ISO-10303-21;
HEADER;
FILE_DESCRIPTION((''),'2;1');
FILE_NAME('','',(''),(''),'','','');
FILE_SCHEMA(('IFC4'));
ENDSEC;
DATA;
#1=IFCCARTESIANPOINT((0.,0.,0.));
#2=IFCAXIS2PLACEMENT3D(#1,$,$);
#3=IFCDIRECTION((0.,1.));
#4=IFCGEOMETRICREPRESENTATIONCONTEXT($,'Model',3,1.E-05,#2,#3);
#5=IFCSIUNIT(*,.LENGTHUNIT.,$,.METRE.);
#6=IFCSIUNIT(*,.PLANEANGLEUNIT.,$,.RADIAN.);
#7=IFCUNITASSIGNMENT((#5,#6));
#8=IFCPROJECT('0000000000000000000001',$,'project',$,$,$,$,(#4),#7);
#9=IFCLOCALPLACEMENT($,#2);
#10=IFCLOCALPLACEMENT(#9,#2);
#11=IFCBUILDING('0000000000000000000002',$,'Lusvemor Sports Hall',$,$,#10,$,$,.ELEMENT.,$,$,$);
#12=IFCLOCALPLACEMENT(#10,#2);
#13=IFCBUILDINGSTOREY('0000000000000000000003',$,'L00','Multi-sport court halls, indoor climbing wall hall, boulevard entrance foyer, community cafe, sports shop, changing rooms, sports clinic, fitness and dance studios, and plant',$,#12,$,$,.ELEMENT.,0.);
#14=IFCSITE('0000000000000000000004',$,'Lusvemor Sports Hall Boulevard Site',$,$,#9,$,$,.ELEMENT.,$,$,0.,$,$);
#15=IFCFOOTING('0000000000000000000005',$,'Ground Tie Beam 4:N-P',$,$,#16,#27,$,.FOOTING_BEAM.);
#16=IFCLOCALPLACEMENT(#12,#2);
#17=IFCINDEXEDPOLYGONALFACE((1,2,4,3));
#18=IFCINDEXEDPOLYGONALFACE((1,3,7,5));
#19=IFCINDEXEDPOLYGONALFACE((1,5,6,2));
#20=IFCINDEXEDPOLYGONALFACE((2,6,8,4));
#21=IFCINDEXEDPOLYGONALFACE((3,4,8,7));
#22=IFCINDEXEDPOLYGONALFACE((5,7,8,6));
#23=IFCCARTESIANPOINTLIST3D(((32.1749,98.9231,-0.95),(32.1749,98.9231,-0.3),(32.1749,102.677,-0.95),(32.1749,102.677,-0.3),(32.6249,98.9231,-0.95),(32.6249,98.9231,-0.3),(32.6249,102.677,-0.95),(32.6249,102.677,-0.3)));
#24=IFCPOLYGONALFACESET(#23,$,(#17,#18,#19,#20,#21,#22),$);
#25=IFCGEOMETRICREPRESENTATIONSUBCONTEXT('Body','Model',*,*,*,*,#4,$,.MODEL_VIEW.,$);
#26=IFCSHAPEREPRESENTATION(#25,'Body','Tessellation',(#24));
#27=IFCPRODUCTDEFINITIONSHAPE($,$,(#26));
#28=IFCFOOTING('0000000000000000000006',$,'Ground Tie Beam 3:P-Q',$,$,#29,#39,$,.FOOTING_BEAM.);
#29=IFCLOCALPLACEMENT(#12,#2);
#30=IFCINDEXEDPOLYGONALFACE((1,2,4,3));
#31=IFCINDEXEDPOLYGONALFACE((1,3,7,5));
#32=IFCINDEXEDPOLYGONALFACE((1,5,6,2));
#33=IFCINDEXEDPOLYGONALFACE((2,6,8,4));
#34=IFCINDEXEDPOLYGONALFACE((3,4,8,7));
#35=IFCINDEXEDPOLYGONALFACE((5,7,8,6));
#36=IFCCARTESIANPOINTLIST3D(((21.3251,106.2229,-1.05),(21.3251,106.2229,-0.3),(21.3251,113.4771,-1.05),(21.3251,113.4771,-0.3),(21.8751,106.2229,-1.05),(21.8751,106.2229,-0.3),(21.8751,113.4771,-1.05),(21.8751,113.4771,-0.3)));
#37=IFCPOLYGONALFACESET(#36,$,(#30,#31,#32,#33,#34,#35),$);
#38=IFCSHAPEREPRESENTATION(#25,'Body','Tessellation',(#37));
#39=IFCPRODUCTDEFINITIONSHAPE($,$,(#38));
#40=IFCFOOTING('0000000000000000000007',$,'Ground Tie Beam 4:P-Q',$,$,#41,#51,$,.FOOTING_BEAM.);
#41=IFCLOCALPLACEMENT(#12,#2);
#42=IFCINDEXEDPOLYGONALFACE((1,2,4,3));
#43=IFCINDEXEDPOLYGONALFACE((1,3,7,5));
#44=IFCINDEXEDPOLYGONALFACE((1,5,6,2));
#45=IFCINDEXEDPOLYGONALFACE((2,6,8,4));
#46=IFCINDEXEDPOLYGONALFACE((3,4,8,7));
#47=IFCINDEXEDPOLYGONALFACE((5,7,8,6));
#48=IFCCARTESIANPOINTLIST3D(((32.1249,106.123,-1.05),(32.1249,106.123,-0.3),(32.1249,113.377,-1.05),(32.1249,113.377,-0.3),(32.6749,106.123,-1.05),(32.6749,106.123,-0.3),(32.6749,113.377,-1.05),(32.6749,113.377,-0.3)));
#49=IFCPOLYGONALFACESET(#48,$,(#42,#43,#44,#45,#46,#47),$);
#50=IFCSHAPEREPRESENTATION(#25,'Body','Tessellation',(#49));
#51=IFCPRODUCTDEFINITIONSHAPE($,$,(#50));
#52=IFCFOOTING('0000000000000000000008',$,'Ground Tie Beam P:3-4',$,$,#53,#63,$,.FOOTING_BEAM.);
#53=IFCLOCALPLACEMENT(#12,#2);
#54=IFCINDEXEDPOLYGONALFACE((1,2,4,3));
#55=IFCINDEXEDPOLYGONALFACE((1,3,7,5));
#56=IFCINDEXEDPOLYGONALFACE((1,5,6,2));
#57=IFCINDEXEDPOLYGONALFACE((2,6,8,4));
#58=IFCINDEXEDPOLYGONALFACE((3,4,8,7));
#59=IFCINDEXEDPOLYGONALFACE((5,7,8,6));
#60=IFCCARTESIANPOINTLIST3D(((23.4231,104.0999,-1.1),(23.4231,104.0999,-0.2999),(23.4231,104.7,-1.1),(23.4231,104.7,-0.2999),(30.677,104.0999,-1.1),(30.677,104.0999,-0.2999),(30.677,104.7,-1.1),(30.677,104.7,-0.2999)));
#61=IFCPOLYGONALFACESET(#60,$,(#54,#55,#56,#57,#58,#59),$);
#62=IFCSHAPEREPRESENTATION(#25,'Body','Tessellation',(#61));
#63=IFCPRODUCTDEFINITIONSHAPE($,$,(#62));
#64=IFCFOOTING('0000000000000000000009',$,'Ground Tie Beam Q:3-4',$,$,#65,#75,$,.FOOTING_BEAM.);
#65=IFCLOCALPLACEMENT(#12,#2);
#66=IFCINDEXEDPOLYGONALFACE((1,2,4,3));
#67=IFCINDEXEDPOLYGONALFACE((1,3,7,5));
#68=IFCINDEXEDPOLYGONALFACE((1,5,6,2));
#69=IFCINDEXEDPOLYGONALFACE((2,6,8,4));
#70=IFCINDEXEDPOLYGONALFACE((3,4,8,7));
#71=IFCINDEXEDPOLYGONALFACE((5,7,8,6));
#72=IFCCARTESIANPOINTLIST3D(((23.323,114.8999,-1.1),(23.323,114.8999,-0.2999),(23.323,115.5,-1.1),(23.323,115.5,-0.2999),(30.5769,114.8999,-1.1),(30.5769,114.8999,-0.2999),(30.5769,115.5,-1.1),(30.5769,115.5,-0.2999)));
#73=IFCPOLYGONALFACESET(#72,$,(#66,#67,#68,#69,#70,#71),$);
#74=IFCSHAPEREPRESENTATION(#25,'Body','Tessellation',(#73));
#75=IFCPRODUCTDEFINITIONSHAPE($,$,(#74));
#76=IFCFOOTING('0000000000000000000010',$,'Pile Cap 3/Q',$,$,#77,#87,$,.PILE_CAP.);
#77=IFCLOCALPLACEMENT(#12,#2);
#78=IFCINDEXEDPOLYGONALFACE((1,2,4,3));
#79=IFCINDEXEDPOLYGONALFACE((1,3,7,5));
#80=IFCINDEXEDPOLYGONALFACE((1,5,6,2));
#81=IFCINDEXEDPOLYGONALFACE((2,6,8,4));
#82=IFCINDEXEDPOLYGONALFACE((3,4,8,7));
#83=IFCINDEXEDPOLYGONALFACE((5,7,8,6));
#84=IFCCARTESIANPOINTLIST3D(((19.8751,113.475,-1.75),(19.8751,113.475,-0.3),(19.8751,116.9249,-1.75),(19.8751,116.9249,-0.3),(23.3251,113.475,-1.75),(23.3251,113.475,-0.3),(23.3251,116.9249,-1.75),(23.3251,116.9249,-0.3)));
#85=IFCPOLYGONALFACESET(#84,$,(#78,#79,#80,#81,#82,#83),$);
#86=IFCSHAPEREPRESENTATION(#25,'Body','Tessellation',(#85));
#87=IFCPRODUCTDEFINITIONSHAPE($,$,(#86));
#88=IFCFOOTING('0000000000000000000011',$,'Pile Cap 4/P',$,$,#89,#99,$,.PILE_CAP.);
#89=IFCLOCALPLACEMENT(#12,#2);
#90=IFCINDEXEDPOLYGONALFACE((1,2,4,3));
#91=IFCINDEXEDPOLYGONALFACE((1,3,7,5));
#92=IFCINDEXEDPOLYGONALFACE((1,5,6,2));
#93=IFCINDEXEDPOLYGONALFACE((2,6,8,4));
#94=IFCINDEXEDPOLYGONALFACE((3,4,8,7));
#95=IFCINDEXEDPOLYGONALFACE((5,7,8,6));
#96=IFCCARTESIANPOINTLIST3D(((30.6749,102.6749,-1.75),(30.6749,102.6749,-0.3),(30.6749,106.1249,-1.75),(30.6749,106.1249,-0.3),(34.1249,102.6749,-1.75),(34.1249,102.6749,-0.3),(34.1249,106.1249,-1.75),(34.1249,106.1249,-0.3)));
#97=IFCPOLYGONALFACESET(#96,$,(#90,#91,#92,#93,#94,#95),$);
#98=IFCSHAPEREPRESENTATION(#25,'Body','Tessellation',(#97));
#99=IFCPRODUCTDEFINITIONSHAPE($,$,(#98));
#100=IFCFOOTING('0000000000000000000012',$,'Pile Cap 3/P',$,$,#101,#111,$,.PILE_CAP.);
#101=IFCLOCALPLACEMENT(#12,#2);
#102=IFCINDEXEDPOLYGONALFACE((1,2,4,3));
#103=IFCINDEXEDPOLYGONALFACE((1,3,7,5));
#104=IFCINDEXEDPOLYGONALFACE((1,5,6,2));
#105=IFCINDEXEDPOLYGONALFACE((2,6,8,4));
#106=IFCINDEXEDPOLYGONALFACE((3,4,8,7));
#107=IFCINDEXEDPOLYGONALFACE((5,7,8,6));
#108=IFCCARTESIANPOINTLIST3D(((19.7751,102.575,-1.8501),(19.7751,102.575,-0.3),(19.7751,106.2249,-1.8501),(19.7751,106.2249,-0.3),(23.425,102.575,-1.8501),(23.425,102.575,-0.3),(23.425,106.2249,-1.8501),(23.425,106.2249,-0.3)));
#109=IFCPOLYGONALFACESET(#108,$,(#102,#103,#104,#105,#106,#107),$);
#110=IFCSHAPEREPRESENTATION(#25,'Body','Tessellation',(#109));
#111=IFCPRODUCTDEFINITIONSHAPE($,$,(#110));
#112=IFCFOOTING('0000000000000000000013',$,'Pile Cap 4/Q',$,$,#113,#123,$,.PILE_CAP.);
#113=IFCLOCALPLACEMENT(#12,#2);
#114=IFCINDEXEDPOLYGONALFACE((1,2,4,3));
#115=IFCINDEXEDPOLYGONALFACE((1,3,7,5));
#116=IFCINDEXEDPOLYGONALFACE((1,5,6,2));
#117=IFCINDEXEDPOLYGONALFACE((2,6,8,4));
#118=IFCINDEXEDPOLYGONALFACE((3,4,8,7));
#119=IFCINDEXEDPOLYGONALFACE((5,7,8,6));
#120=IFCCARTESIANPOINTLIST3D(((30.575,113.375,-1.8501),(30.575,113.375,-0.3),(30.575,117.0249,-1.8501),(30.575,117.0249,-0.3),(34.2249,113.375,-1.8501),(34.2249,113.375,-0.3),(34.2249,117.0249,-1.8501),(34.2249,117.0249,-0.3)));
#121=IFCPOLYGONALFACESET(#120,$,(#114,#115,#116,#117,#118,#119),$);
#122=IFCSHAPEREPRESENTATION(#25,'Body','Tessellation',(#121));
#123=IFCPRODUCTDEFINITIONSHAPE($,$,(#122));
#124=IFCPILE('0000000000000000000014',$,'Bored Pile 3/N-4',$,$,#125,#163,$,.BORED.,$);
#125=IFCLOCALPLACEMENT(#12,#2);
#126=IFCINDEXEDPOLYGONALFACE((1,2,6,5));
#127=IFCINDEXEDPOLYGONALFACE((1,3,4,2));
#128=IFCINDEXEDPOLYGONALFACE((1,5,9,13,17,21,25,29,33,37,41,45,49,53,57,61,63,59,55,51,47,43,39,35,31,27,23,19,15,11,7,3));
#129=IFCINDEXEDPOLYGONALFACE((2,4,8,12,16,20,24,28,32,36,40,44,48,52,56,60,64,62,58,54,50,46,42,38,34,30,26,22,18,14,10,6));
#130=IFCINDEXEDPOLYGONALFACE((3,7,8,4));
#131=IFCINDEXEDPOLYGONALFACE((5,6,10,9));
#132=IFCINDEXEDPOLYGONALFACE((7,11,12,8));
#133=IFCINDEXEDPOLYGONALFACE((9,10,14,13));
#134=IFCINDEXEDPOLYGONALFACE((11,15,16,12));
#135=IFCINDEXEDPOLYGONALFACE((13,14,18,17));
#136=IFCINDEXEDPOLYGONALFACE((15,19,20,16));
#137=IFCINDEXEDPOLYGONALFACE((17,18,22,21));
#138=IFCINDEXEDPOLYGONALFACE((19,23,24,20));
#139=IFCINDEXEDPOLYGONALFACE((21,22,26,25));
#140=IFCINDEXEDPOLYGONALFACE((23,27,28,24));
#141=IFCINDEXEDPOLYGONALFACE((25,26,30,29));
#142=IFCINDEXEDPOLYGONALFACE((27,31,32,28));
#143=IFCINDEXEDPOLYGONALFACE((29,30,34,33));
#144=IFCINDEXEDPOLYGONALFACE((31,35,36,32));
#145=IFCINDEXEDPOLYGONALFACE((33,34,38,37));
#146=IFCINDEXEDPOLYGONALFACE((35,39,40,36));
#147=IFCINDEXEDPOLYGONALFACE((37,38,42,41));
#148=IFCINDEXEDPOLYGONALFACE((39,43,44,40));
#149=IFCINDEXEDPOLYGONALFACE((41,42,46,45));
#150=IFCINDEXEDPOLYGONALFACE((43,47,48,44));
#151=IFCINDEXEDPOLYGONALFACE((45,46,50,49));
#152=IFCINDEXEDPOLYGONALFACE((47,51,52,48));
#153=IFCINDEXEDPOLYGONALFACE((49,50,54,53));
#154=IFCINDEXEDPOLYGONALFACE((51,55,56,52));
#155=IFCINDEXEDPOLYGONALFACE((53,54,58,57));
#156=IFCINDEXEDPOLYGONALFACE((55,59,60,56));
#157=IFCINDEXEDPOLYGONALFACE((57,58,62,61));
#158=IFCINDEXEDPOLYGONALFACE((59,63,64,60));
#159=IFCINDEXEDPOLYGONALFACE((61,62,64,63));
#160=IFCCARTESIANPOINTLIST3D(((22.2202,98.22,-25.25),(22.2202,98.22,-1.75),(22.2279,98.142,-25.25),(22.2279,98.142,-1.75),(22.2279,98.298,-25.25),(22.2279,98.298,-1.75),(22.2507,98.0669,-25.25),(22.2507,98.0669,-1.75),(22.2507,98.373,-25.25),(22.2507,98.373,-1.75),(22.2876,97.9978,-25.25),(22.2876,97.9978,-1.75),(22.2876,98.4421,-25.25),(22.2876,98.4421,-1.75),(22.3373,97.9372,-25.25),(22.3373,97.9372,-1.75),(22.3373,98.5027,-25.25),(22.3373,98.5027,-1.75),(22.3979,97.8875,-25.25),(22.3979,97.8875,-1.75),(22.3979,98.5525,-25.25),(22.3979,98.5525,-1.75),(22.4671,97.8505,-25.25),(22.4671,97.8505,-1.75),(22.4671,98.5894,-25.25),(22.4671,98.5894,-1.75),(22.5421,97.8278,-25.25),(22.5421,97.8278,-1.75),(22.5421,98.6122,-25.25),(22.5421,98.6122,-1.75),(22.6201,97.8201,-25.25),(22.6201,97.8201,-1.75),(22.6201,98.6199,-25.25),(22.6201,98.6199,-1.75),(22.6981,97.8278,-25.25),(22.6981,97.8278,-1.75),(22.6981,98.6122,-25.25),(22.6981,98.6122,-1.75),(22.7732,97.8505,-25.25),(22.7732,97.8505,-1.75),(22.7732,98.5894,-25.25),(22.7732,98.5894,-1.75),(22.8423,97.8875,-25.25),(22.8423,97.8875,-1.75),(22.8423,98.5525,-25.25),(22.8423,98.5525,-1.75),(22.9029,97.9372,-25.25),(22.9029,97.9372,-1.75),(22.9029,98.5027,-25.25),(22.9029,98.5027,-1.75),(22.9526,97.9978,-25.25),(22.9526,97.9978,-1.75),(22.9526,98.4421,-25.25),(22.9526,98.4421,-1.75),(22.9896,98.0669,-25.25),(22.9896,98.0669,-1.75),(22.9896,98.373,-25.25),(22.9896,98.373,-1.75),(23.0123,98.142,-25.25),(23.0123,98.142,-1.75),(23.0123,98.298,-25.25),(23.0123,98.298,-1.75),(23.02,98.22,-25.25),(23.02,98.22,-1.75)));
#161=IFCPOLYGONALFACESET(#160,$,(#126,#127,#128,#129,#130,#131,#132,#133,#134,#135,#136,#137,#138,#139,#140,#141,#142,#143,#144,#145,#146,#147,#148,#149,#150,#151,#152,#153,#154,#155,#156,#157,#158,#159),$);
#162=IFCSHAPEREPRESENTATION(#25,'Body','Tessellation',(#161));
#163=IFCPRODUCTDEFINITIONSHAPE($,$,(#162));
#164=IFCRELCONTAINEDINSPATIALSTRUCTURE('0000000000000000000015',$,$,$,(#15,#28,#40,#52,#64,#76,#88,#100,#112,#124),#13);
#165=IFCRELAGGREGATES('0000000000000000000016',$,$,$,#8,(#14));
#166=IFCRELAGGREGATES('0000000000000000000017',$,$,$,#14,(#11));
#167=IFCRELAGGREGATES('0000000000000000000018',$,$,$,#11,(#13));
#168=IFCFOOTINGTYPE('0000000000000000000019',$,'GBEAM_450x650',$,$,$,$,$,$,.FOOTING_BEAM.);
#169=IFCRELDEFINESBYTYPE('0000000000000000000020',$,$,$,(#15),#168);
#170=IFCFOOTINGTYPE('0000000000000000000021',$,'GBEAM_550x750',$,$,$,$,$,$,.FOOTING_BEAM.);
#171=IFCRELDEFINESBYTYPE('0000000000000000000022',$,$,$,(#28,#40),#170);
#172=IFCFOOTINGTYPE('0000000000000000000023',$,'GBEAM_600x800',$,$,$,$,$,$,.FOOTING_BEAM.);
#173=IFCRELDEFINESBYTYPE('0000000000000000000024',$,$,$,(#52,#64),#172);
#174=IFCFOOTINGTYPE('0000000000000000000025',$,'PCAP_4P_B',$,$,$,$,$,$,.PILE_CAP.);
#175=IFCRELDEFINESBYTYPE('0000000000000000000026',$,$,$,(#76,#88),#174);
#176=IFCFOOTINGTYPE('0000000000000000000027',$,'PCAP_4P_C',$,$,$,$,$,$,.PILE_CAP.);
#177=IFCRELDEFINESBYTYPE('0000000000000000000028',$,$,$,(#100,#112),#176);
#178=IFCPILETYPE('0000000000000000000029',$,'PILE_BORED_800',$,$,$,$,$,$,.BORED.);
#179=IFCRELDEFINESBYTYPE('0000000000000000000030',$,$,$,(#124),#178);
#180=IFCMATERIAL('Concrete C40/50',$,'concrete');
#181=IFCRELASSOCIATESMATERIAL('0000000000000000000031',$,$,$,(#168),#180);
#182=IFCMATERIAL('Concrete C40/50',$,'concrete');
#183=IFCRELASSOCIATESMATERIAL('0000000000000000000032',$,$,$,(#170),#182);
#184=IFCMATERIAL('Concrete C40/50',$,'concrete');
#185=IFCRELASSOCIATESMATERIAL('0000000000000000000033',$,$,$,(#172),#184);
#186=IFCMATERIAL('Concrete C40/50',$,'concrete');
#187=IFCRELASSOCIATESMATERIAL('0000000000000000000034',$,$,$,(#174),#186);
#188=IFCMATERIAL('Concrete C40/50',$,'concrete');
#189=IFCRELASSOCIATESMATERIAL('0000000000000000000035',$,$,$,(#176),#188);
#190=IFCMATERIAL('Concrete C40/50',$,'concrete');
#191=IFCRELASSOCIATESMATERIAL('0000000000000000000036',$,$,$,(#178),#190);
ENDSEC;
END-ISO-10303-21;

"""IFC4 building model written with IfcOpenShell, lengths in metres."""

from ifc_helpers import new_model, si_unit, direction, frame, origin, origin_2d, place, context, subcontext, project, spatial, rectangle, circle, extrude, material, material_profile, profile_set, type_object, element, save


model = new_model("IFC4")

# Units and contexts
model_context = context("Model", 3, precision=1e-05, world=origin(), true_north=direction((0.0, 1.0)))
body_context = subcontext(model_context, "Body", "Model", "MODEL_VIEW")
ifc_project = project(units=[si_unit("LENGTHUNIT", "METRE"), si_unit("PLANEANGLEUNIT", "RADIAN")], contexts=[model_context])

# Site, building, storey
site_placement = place(None, origin())
site = spatial("IfcSite", under=ifc_project, at=site_placement, Name="Lusvemor Sports Hall Boulevard Site", CompositionType="ELEMENT", RefElevation=0.0)
building_placement = place(site_placement, origin())
building = spatial("IfcBuilding", under=site, at=building_placement, Name="Lusvemor Sports Hall", CompositionType="ELEMENT")
storey_placement = place(building_placement, origin())
storey = spatial("IfcBuildingStorey", under=building, at=storey_placement, Name="L00", Description="Multi-sport court halls, indoor climbing wall hall, boulevard entrance foyer, community cafe, sports shop, changing rooms, sports clinic, fitness and dance studios, and plant", CompositionType="ELEMENT", Elevation=0.0)

# Footings
ifc_material_1 = material(Name="Concrete C40/50", Category="concrete")
ifc_material_profile_1 = material_profile(ifc_material_1, rectangle(XDim=0.45, YDim=0.6499, at=origin_2d()), Name="GB_450x650")
ifc_profile_set_1 = profile_set([ifc_material_profile_1], Name="Concrete C40/50")
footing_type_1 = type_object("IfcFootingType", Name="GBEAM_450x650", PredefinedType="FOOTING_BEAM", material=ifc_profile_set_1)
footing_1_placement = place(storey_placement, frame((32.3999, 98.9231, -0.625), z_axis=(0.0, 1.0, 0.0), x_axis=(-1.0, 0.0, 0.0)))
element("IfcFooting", 1, at=footing_1_placement, inside=storey, type_object=footing_type_1, Name="Ground Tie Beam 4:N-P", PredefinedType="FOOTING_BEAM", context=body_context, shape_type="SweptSolid", body=[
    extrude(rectangle(XDim=0.45, YDim=0.6499, at=origin_2d()), origin(), (0.0, 0.0, 1.0), 3.7539),
])
ifc_material_2 = material(Name="Concrete C40/50", Category="concrete")
ifc_material_profile_2 = material_profile(ifc_material_2, rectangle(XDim=0.55, YDim=0.75, at=origin_2d()), Name="GB_550x750")
ifc_profile_set_2 = profile_set([ifc_material_profile_2], Name="Concrete C40/50")
footing_type_2 = type_object("IfcFootingType", Name="GBEAM_550x750", PredefinedType="FOOTING_BEAM", material=ifc_profile_set_2)
footing_2_placement = place(storey_placement, frame((21.6001, 106.2229, -0.675), z_axis=(0.0, 1.0, 0.0), x_axis=(-1.0, 0.0, 0.0)))
element("IfcFooting", 2, at=footing_2_placement, inside=storey, type_object=footing_type_2, Name="Ground Tie Beam 3:P-Q", PredefinedType="FOOTING_BEAM", context=body_context, shape_type="SweptSolid", body=[
    extrude(rectangle(XDim=0.55, YDim=0.75, at=origin_2d()), origin(), (0.0, 0.0, 1.0), 7.2542),
])
footing_3_placement = place(storey_placement, frame((32.3999, 106.123, -0.675), z_axis=(0.0, 1.0, 0.0), x_axis=(-1.0, 0.0, 0.0)))
element("IfcFooting", 3, at=footing_3_placement, inside=storey, type_object=footing_type_2, Name="Ground Tie Beam 4:P-Q", PredefinedType="FOOTING_BEAM", context=body_context, shape_type="SweptSolid", body=[
    extrude(rectangle(XDim=0.55, YDim=0.75, at=origin_2d()), origin(), (0.0, 0.0, 1.0), 7.2539),
])
ifc_material_3 = material(Name="Concrete C40/50", Category="concrete")
ifc_material_profile_3 = material_profile(ifc_material_3, rectangle(XDim=0.6001, YDim=0.8, at=origin_2d()), Name="GB_600x800")
ifc_profile_set_3 = profile_set([ifc_material_profile_3], Name="Concrete C40/50")
footing_type_3 = type_object("IfcFootingType", Name="GBEAM_600x800", PredefinedType="FOOTING_BEAM", material=ifc_profile_set_3)
for number, where, z_axis, x_axis, name in (
    (4, (23.4231, 104.3999, -0.7), (1.0, 0.0, 0.0), (0.0, 1.0, 0.0), "Ground Tie Beam P:3-4"),
    (5, (23.323, 115.2, -0.7), (1.0, 0.0, 0.0), (0.0, 1.0, 0.0), "Ground Tie Beam Q:3-4"),
):
    element("IfcFooting", number, at=place(storey_placement, frame(where, z_axis=z_axis, x_axis=x_axis)), inside=storey, type_object=footing_type_3, Name=name, PredefinedType="FOOTING_BEAM", context=body_context, shape_type="SweptSolid", body=[
        extrude(rectangle(XDim=0.6001, YDim=0.8, at=origin_2d()), origin(), (0.0, 0.0, 1.0), 7.2539),
    ])
ifc_material_4 = material(Name="Concrete C40/50", Category="concrete")
footing_type_4 = type_object("IfcFootingType", Name="PCAP_4P_B", PredefinedType="PILE_CAP", material=ifc_material_4)
for number, where, z_axis, x_axis, name in (
    (6, (21.6001, 115.2, -1.75), (0.0, 0.0, 1.0), (1.0, 0.0, 0.0), "Pile Cap 3/Q"),
    (7, (32.3999, 104.3999, -1.75), (0.0, 0.0, 1.0), (1.0, 0.0, 0.0), "Pile Cap 4/P"),
):
    element("IfcFooting", number, at=place(storey_placement, frame(where, z_axis=z_axis, x_axis=x_axis)), inside=storey, type_object=footing_type_4, Name=name, PredefinedType="PILE_CAP", context=body_context, shape_type="SweptSolid", body=[
        extrude(rectangle(XDim=3.45, YDim=3.45, at=origin_2d()), origin(), (0.0, 0.0, 1.0), 1.45),
    ])
ifc_material_5 = material(Name="Concrete C40/50", Category="concrete")
footing_type_5 = type_object("IfcFootingType", Name="PCAP_4P_C", PredefinedType="PILE_CAP", material=ifc_material_5)
for number, where, z_axis, x_axis, name in (
    (8, (21.6001, 104.3999, -1.8501), (0.0, 0.0, 1.0), (1.0, 0.0, 0.0), "Pile Cap 3/P"),
    (9, (32.3999, 115.2, -1.8501), (0.0, 0.0, 1.0), (1.0, 0.0, 0.0), "Pile Cap 4/Q"),
):
    element("IfcFooting", number, at=place(storey_placement, frame(where, z_axis=z_axis, x_axis=x_axis)), inside=storey, type_object=footing_type_5, Name=name, PredefinedType="PILE_CAP", context=body_context, shape_type="SweptSolid", body=[
        extrude(rectangle(XDim=3.6499, YDim=3.6499, at=origin_2d()), origin(), (0.0, 0.0, 1.0), 1.55),
    ])

# Pile
ifc_material_6 = material(Name="Concrete C40/50", Category="concrete")
ifc_material_profile_4 = material_profile(ifc_material_6, circle(Radius=0.3999, at=origin_2d()), Name="PILE800")
ifc_profile_set_4 = profile_set([ifc_material_profile_4], Name="Concrete C40/50")
pile_type = type_object("IfcPileType", Name="PILE_BORED_800", PredefinedType="BORED", material=ifc_profile_set_4)
for number, where, z_axis, x_axis, name in (
    (10, (22.6201, 98.22, -1.75), (0.0, 0.0, -1.0), (1.0, 0.0, 0.0), "Bored Pile 3/N-4"),
):
    element("IfcPile", number, at=place(storey_placement, frame(where, z_axis=z_axis, x_axis=x_axis)), inside=storey, type_object=pile_type, Name=name, PredefinedType="BORED", context=body_context, shape_type="SweptSolid", body=[
        extrude(circle(Radius=0.3999, at=origin_2d()), origin(), (0.0, 0.0, 1.0), 23.5),
    ])

save(model, "model.ifc")
